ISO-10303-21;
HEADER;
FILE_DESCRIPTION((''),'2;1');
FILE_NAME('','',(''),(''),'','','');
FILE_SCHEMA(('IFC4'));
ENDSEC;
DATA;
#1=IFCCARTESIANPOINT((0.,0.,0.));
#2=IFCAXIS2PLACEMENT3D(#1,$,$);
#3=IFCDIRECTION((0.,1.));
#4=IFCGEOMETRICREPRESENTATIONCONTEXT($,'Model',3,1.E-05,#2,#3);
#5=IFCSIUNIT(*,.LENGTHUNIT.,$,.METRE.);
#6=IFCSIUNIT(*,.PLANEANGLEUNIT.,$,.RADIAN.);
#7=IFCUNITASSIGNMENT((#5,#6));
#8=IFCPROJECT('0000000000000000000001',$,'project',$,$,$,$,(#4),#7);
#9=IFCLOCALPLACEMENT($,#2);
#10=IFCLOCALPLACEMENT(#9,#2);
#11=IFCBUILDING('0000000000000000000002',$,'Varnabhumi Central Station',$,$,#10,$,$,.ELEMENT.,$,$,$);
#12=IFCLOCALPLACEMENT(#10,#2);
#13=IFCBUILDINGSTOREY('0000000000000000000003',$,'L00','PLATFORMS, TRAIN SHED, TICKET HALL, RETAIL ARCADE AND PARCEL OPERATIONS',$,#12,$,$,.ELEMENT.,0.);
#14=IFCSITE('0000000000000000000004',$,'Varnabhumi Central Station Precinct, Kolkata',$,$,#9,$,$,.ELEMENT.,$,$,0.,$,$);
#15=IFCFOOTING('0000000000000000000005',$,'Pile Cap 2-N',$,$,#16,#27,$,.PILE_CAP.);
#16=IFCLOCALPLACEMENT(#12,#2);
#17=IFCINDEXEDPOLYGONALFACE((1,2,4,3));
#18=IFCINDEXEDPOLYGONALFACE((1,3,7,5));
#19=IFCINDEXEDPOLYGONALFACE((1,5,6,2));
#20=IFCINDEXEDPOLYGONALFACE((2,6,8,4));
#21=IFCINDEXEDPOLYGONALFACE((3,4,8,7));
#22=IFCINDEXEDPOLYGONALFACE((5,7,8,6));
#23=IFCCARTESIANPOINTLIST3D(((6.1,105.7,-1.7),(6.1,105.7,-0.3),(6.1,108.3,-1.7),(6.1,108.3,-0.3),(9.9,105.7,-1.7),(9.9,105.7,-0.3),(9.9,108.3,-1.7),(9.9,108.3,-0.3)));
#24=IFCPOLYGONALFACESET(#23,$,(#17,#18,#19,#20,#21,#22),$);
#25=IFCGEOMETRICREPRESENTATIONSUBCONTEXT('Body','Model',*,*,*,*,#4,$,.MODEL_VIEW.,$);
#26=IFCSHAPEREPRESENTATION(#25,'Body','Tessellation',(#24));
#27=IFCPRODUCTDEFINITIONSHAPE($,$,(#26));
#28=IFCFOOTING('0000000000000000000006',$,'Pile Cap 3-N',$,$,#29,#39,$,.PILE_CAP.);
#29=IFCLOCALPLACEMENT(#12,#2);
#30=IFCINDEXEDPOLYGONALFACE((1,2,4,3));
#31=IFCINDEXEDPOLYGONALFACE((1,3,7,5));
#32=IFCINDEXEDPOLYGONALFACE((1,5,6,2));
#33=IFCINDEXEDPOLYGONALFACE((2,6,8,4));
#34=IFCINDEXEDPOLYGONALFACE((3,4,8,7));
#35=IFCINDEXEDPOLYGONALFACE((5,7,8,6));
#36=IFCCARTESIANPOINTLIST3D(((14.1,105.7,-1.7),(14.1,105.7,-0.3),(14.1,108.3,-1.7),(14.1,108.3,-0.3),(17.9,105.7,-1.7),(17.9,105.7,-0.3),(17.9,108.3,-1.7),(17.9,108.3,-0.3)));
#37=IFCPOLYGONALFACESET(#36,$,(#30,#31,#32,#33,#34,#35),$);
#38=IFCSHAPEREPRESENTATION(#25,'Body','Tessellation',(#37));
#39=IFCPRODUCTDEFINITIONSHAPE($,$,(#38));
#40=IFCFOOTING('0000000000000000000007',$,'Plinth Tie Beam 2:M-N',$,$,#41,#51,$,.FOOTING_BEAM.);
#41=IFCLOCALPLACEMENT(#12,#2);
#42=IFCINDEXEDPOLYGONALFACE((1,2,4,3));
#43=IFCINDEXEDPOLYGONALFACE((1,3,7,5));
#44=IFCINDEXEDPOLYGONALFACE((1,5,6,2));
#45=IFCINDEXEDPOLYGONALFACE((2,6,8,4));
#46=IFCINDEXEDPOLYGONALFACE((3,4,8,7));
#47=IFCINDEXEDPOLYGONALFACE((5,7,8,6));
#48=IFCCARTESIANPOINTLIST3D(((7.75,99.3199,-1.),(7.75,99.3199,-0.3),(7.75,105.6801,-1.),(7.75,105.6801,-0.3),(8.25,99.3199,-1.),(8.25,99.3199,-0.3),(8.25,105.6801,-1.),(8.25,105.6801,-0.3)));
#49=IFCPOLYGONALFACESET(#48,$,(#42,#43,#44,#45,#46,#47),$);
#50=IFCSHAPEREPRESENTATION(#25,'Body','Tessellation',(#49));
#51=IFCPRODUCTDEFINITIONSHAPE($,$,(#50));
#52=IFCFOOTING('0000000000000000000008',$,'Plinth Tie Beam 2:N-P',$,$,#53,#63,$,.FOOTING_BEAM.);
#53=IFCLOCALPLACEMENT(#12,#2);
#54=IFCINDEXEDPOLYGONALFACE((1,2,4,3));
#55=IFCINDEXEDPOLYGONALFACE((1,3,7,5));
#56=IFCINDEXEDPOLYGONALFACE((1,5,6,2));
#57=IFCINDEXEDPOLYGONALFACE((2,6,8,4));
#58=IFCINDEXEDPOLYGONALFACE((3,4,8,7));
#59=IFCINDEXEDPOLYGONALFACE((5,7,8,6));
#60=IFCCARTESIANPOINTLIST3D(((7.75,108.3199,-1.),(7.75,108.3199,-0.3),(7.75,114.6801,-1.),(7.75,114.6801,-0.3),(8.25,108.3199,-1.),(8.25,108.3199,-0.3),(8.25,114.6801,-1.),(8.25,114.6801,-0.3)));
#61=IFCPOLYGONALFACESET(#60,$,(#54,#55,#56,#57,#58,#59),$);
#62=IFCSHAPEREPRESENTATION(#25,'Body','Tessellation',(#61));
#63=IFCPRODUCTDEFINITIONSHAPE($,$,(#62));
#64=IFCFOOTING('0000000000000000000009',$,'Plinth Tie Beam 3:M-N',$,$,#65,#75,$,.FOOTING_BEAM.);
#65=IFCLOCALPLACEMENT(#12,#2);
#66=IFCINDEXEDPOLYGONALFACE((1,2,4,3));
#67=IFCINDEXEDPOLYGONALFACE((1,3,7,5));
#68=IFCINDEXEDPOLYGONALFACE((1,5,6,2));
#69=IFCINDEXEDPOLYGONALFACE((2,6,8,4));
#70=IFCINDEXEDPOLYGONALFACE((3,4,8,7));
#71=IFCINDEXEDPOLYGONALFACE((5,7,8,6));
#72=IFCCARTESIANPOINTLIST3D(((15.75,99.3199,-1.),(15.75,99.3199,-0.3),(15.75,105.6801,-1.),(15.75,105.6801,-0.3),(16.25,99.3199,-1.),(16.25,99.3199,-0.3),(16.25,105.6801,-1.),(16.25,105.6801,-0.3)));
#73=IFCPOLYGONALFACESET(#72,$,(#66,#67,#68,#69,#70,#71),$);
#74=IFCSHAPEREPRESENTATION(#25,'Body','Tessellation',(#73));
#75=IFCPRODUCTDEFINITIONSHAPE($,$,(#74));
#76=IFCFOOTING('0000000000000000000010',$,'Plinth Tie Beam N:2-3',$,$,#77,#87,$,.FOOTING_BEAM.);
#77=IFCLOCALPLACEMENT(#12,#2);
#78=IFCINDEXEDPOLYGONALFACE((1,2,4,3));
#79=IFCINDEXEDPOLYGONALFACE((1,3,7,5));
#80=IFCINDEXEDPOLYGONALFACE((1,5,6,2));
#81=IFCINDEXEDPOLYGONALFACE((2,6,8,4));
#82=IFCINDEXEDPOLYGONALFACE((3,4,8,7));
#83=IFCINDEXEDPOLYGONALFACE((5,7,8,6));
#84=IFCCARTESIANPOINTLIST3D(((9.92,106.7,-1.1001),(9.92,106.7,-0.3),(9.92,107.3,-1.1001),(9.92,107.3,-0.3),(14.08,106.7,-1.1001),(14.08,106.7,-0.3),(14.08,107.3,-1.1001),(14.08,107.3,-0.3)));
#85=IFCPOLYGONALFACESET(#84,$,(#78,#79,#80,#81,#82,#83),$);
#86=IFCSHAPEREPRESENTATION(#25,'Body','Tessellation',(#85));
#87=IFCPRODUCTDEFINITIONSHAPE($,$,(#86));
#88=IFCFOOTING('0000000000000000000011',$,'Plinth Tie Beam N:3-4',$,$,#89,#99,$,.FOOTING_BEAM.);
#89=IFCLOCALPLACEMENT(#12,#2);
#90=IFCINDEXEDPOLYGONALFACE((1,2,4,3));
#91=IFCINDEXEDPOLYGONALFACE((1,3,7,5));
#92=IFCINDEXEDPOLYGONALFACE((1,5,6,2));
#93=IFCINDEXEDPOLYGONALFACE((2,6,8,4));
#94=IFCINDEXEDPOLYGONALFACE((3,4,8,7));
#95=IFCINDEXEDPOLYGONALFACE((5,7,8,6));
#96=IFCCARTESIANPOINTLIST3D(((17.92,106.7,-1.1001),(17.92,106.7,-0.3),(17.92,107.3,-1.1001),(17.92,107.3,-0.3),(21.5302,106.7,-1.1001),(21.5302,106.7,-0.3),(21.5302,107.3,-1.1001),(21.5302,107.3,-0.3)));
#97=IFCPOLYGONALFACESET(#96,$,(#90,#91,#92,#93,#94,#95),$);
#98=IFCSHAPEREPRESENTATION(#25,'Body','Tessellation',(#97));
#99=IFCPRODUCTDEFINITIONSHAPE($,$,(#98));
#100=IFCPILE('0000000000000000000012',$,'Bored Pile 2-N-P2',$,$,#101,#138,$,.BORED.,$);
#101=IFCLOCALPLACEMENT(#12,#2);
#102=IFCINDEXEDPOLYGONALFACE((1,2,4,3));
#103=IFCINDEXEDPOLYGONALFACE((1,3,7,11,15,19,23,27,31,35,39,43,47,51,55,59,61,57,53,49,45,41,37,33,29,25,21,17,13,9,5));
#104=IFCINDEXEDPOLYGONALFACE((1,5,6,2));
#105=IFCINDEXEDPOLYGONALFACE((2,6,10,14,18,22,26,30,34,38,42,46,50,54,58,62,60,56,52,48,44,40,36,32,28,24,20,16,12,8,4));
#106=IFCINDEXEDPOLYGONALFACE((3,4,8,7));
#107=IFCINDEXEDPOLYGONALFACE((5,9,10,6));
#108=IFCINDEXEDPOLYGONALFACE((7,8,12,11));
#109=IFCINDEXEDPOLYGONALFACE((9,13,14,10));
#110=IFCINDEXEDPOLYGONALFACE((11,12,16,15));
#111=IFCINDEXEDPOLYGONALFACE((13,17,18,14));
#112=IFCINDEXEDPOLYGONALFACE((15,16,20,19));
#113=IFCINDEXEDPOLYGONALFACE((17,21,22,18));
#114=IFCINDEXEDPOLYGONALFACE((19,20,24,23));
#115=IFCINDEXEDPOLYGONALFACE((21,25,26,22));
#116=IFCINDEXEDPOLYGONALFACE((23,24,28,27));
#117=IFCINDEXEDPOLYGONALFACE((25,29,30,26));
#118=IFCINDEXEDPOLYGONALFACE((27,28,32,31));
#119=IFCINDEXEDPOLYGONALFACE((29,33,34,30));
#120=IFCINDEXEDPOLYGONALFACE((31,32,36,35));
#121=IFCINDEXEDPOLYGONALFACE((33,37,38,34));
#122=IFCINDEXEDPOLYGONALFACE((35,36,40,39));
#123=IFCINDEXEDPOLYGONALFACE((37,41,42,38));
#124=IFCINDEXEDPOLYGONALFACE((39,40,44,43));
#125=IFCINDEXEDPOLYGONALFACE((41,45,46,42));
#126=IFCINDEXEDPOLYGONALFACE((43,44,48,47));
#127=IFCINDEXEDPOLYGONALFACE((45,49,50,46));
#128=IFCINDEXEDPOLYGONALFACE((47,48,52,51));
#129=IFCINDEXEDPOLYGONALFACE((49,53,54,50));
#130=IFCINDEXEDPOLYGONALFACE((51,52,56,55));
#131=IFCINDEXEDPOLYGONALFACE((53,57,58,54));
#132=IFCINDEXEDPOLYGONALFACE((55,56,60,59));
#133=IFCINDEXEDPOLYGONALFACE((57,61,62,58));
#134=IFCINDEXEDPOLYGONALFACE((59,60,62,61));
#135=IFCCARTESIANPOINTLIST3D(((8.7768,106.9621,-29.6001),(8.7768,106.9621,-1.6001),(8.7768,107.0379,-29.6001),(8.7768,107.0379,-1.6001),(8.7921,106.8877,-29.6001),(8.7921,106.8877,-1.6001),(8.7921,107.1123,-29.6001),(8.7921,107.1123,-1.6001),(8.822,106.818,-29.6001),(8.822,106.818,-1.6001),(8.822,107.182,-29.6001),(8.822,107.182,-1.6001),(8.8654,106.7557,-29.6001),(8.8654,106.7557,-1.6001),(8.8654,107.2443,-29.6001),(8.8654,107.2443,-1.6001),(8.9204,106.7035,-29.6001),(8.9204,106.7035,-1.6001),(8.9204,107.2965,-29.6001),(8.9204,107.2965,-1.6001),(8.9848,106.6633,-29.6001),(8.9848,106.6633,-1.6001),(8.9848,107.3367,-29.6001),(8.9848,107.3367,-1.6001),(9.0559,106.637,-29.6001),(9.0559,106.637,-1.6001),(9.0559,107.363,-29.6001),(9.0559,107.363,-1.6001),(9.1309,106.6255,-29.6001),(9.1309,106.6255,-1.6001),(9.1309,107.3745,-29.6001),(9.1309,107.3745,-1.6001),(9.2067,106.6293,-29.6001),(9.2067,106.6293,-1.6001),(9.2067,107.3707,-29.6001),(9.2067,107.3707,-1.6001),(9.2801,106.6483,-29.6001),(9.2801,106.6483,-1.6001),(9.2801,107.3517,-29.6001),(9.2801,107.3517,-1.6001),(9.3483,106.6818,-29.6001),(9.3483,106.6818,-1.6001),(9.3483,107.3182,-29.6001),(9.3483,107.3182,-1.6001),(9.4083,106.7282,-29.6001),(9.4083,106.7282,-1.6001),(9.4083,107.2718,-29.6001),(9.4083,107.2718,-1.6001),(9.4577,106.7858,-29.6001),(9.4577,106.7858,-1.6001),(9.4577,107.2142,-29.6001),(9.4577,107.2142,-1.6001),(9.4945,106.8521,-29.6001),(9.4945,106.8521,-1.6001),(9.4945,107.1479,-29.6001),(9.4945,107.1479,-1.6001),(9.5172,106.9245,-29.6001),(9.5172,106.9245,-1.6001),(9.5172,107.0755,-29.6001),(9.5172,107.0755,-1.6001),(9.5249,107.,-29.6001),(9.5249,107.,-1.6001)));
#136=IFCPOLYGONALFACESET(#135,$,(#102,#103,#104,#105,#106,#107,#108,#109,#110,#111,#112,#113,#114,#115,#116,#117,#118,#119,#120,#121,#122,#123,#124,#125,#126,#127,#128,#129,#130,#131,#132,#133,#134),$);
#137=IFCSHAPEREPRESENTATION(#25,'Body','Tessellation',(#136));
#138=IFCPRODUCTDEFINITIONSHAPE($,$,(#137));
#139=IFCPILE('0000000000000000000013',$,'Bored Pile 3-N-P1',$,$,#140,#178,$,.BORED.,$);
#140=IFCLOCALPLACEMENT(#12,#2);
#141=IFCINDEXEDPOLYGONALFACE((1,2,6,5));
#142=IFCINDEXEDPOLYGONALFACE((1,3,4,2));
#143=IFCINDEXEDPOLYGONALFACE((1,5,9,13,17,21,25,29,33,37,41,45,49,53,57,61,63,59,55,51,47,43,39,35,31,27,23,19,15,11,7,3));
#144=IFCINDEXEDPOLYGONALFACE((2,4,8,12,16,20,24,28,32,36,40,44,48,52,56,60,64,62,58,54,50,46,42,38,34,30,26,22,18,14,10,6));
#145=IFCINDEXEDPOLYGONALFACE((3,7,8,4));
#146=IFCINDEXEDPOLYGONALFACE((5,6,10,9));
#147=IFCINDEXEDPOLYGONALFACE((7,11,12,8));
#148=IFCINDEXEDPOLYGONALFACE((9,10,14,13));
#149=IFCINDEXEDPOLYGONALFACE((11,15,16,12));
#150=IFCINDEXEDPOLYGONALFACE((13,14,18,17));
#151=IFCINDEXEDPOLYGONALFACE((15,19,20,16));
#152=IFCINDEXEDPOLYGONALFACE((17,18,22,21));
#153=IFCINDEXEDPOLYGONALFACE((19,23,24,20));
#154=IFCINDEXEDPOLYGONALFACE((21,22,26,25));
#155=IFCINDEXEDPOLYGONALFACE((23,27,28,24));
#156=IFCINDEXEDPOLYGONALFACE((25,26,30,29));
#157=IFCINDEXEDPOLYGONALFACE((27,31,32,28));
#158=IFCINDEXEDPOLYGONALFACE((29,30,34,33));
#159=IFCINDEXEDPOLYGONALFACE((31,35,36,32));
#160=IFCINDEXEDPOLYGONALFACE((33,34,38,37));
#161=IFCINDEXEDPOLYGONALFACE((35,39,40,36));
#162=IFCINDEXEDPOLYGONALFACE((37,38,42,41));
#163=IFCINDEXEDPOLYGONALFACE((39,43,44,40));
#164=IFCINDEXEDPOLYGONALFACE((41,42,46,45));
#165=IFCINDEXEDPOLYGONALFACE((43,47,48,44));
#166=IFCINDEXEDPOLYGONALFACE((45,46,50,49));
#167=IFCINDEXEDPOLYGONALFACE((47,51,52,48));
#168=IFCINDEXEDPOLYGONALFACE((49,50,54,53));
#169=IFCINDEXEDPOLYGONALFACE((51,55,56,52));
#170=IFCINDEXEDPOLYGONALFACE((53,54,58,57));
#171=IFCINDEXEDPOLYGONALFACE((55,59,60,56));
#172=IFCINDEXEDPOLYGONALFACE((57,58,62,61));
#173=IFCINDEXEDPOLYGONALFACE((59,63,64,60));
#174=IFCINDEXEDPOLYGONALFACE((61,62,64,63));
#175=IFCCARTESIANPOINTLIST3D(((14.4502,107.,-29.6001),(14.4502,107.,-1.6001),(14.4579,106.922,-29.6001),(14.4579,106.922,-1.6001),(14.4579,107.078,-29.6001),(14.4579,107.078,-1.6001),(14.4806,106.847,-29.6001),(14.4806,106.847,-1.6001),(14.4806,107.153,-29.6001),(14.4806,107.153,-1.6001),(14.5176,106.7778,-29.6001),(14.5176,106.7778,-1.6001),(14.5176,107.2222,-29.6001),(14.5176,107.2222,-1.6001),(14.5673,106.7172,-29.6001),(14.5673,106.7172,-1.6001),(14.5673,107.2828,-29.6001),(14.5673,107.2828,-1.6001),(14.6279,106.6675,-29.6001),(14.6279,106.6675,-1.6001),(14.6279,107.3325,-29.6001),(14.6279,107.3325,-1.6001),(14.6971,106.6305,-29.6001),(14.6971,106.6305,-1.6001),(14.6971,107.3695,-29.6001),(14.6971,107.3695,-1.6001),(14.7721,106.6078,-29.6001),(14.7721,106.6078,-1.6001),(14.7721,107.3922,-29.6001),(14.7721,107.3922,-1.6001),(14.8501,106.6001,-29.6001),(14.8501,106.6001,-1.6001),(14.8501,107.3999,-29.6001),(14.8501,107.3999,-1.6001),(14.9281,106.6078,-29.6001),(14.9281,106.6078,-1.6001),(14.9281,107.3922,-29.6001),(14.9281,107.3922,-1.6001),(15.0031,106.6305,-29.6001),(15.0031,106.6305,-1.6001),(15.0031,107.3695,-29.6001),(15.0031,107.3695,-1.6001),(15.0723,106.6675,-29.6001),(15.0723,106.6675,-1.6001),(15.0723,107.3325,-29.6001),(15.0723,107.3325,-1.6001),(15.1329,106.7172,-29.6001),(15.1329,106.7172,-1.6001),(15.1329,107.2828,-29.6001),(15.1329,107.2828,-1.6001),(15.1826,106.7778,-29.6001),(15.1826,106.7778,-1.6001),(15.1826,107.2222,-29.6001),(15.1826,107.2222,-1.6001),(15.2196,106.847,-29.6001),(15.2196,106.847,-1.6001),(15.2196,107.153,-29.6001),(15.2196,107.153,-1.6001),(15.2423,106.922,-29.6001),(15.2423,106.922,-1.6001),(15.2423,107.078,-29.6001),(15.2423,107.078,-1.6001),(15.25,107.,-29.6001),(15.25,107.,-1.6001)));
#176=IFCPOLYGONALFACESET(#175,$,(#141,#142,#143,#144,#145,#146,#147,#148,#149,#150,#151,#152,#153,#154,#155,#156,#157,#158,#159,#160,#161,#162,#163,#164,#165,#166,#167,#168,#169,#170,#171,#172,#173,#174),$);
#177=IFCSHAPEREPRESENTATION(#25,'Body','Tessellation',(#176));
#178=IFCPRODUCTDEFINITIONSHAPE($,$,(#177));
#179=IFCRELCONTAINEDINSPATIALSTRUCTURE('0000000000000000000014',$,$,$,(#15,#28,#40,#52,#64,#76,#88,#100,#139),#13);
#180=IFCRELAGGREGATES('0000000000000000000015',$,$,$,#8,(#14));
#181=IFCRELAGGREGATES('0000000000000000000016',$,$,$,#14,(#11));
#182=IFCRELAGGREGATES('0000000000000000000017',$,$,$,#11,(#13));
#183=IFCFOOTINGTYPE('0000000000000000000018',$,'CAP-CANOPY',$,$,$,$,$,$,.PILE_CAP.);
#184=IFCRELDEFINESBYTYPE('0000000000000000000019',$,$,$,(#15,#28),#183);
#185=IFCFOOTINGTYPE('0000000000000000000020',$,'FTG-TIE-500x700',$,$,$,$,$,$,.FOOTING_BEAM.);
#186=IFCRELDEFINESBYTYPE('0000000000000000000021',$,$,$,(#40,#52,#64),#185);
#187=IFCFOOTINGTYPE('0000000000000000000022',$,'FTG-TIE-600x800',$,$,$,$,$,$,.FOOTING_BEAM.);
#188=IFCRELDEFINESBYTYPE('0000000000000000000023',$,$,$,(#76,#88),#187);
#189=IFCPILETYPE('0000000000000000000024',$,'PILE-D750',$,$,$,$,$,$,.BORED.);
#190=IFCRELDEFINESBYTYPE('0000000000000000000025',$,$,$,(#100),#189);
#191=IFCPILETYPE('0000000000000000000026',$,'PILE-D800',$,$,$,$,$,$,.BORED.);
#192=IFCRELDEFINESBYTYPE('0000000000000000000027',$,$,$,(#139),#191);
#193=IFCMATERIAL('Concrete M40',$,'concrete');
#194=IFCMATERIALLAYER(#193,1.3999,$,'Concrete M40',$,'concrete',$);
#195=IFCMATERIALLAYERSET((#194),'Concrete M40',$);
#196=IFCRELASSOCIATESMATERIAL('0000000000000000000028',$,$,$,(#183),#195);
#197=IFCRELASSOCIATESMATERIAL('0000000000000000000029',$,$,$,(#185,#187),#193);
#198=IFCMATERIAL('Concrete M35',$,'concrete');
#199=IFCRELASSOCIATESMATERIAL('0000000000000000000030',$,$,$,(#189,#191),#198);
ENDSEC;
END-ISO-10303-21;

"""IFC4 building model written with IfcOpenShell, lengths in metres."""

from ifc_helpers import new_model, si_unit, direction, frame, origin, origin_2d, place, context, subcontext, project, spatial, rectangle, circle, extrude, material, layer, layer_set, material_profile, profile_set, type_object, element, save


model = new_model("IFC4")

# Units and contexts
model_context = context("Model", 3, precision=1e-05, world=origin(), true_north=direction((0.0, 1.0)))
body_context = subcontext(model_context, "Body", "Model", "MODEL_VIEW")
ifc_project = project(units=[si_unit("LENGTHUNIT", "METRE"), si_unit("PLANEANGLEUNIT", "RADIAN")], contexts=[model_context])

# Site, building, storey
site_placement = place(None, origin())
site = spatial("IfcSite", under=ifc_project, at=site_placement, Name="Varnabhumi Central Station Precinct, Kolkata", CompositionType="ELEMENT", RefElevation=0.0)
building_placement = place(site_placement, origin())
building = spatial("IfcBuilding", under=site, at=building_placement, Name="Varnabhumi Central Station", CompositionType="ELEMENT")
storey_placement = place(building_placement, origin())
storey = spatial("IfcBuildingStorey", under=building, at=storey_placement, Name="L00", Description="PLATFORMS, TRAIN SHED, TICKET HALL, RETAIL ARCADE AND PARCEL OPERATIONS", CompositionType="ELEMENT", Elevation=0.0)

# Footings
ifc_material_1 = material(Name="Concrete M40", Category="concrete")
ifc_layer_1 = layer(ifc_material_1, 1.3999, Name="Concrete M40", Category="concrete")
ifc_layer_set_1 = layer_set([ifc_layer_1], Name="Concrete M40")
footing_type_1 = type_object("IfcFootingType", Name="CAP-CANOPY", PredefinedType="PILE_CAP", material=ifc_layer_set_1)
for number, where, z_axis, x_axis, name in (
    (1, (8.0, 107.0, -1.7), (0.0, 0.0, 1.0), (1.0, 0.0, 0.0), "Pile Cap 2-N"),
    (2, (16.0, 107.0, -1.7), (0.0, 0.0, 1.0), (1.0, 0.0, 0.0), "Pile Cap 3-N"),
):
    element("IfcFooting", number, at=place(storey_placement, frame(where, z_axis=z_axis, x_axis=x_axis)), inside=storey, type_object=footing_type_1, Name=name, PredefinedType="PILE_CAP", context=body_context, shape_type="SweptSolid", body=[
        extrude(rectangle(XDim=3.8, YDim=2.6001, at=origin_2d()), origin(), (0.0, 0.0, 1.0), 1.3999),
    ])
footing_type_2 = type_object("IfcFootingType", Name="FTG-TIE-500x700", PredefinedType="FOOTING_BEAM", material=ifc_material_1)
for number, where, z_axis, x_axis, name in (
    (3, (8.0, 102.5, -1.0), (0.0, 0.0, 1.0), (1.0, 0.0, 0.0), "Plinth Tie Beam 2:M-N"),
    (4, (8.0, 111.5, -1.0), (0.0, 0.0, 1.0), (1.0, 0.0, 0.0), "Plinth Tie Beam 2:N-P"),
    (5, (16.0, 102.5, -1.0), (0.0, 0.0, 1.0), (1.0, 0.0, 0.0), "Plinth Tie Beam 3:M-N"),
):
    element("IfcFooting", number, at=place(storey_placement, frame(where, z_axis=z_axis, x_axis=x_axis)), inside=storey, type_object=footing_type_2, Name=name, PredefinedType="FOOTING_BEAM", context=body_context, shape_type="SweptSolid", body=[
        extrude(rectangle(XDim=0.5, YDim=6.3601, at=origin_2d()), origin(), (0.0, 0.0, 1.0), 0.7),
    ])
footing_type_3 = type_object("IfcFootingType", Name="FTG-TIE-600x800", PredefinedType="FOOTING_BEAM", material=ifc_material_1)
footing_1_placement = place(storey_placement, frame((12.0, 107.0, -1.1001), z_axis=(0.0, 0.0, 1.0), x_axis=(1.0, 0.0, 0.0)))
element("IfcFooting", 6, at=footing_1_placement, inside=storey, type_object=footing_type_3, Name="Plinth Tie Beam N:2-3", PredefinedType="FOOTING_BEAM", context=body_context, shape_type="SweptSolid", body=[
    extrude(rectangle(XDim=4.1599, YDim=0.6001, at=origin_2d()), origin(), (0.0, 0.0, 1.0), 0.8),
])
footing_2_placement = place(storey_placement, frame((19.7251, 107.0, -1.1001), z_axis=(0.0, 0.0, 1.0), x_axis=(1.0, 0.0, 0.0)))
element("IfcFooting", 7, at=footing_2_placement, inside=storey, type_object=footing_type_3, Name="Plinth Tie Beam N:3-4", PredefinedType="FOOTING_BEAM", context=body_context, shape_type="SweptSolid", body=[
    extrude(rectangle(XDim=3.6101, YDim=0.6001, at=origin_2d()), origin(), (0.0, 0.0, 1.0), 0.8),
])

# Piles
ifc_material_2 = material(Name="Concrete M35", Category="concrete")
ifc_material_profile_1 = material_profile(ifc_material_2, circle(Radius=0.375, at=origin_2d()), Name="Concrete M35", Category="concrete")
ifc_profile_set_1 = profile_set([ifc_material_profile_1], Name="Concrete M35")
pile_type_1 = type_object("IfcPileType", Name="PILE-D750", PredefinedType="BORED", material=ifc_profile_set_1)
pile_placement = place(storey_placement, frame((9.1499, 107.0, -1.6001), z_axis=(0.0, 0.0, -1.0), x_axis=(1.0, 0.0, 0.0)))
element("IfcPile", 8, at=pile_placement, inside=storey, type_object=pile_type_1, Name="Bored Pile 2-N-P2", PredefinedType="BORED", context=body_context, shape_type="SweptSolid", body=[
    extrude(circle(Radius=0.375, at=origin_2d()), origin(), (0.0, 0.0, 1.0), 28.0),
])
ifc_material_profile_2 = material_profile(ifc_material_2, circle(Radius=0.3999, at=origin_2d()), Name="Concrete M35", Category="concrete")
ifc_profile_set_2 = profile_set([ifc_material_profile_2], Name="Concrete M35")
pile_type_2 = type_object("IfcPileType", Name="PILE-D800", PredefinedType="BORED", material=ifc_profile_set_2)
for number, where, z_axis, x_axis, name in (
    (9, (14.8501, 107.0, -1.6001), (0.0, 0.0, -1.0), (1.0, 0.0, 0.0), "Bored Pile 3-N-P1"),
):
    element("IfcPile", number, at=place(storey_placement, frame(where, z_axis=z_axis, x_axis=x_axis)), inside=storey, type_object=pile_type_2, Name=name, PredefinedType="BORED", context=body_context, shape_type="SweptSolid", body=[
        extrude(circle(Radius=0.3999, at=origin_2d()), origin(), (0.0, 0.0, 1.0), 28.0),
    ])

save(model, "model.ifc")
